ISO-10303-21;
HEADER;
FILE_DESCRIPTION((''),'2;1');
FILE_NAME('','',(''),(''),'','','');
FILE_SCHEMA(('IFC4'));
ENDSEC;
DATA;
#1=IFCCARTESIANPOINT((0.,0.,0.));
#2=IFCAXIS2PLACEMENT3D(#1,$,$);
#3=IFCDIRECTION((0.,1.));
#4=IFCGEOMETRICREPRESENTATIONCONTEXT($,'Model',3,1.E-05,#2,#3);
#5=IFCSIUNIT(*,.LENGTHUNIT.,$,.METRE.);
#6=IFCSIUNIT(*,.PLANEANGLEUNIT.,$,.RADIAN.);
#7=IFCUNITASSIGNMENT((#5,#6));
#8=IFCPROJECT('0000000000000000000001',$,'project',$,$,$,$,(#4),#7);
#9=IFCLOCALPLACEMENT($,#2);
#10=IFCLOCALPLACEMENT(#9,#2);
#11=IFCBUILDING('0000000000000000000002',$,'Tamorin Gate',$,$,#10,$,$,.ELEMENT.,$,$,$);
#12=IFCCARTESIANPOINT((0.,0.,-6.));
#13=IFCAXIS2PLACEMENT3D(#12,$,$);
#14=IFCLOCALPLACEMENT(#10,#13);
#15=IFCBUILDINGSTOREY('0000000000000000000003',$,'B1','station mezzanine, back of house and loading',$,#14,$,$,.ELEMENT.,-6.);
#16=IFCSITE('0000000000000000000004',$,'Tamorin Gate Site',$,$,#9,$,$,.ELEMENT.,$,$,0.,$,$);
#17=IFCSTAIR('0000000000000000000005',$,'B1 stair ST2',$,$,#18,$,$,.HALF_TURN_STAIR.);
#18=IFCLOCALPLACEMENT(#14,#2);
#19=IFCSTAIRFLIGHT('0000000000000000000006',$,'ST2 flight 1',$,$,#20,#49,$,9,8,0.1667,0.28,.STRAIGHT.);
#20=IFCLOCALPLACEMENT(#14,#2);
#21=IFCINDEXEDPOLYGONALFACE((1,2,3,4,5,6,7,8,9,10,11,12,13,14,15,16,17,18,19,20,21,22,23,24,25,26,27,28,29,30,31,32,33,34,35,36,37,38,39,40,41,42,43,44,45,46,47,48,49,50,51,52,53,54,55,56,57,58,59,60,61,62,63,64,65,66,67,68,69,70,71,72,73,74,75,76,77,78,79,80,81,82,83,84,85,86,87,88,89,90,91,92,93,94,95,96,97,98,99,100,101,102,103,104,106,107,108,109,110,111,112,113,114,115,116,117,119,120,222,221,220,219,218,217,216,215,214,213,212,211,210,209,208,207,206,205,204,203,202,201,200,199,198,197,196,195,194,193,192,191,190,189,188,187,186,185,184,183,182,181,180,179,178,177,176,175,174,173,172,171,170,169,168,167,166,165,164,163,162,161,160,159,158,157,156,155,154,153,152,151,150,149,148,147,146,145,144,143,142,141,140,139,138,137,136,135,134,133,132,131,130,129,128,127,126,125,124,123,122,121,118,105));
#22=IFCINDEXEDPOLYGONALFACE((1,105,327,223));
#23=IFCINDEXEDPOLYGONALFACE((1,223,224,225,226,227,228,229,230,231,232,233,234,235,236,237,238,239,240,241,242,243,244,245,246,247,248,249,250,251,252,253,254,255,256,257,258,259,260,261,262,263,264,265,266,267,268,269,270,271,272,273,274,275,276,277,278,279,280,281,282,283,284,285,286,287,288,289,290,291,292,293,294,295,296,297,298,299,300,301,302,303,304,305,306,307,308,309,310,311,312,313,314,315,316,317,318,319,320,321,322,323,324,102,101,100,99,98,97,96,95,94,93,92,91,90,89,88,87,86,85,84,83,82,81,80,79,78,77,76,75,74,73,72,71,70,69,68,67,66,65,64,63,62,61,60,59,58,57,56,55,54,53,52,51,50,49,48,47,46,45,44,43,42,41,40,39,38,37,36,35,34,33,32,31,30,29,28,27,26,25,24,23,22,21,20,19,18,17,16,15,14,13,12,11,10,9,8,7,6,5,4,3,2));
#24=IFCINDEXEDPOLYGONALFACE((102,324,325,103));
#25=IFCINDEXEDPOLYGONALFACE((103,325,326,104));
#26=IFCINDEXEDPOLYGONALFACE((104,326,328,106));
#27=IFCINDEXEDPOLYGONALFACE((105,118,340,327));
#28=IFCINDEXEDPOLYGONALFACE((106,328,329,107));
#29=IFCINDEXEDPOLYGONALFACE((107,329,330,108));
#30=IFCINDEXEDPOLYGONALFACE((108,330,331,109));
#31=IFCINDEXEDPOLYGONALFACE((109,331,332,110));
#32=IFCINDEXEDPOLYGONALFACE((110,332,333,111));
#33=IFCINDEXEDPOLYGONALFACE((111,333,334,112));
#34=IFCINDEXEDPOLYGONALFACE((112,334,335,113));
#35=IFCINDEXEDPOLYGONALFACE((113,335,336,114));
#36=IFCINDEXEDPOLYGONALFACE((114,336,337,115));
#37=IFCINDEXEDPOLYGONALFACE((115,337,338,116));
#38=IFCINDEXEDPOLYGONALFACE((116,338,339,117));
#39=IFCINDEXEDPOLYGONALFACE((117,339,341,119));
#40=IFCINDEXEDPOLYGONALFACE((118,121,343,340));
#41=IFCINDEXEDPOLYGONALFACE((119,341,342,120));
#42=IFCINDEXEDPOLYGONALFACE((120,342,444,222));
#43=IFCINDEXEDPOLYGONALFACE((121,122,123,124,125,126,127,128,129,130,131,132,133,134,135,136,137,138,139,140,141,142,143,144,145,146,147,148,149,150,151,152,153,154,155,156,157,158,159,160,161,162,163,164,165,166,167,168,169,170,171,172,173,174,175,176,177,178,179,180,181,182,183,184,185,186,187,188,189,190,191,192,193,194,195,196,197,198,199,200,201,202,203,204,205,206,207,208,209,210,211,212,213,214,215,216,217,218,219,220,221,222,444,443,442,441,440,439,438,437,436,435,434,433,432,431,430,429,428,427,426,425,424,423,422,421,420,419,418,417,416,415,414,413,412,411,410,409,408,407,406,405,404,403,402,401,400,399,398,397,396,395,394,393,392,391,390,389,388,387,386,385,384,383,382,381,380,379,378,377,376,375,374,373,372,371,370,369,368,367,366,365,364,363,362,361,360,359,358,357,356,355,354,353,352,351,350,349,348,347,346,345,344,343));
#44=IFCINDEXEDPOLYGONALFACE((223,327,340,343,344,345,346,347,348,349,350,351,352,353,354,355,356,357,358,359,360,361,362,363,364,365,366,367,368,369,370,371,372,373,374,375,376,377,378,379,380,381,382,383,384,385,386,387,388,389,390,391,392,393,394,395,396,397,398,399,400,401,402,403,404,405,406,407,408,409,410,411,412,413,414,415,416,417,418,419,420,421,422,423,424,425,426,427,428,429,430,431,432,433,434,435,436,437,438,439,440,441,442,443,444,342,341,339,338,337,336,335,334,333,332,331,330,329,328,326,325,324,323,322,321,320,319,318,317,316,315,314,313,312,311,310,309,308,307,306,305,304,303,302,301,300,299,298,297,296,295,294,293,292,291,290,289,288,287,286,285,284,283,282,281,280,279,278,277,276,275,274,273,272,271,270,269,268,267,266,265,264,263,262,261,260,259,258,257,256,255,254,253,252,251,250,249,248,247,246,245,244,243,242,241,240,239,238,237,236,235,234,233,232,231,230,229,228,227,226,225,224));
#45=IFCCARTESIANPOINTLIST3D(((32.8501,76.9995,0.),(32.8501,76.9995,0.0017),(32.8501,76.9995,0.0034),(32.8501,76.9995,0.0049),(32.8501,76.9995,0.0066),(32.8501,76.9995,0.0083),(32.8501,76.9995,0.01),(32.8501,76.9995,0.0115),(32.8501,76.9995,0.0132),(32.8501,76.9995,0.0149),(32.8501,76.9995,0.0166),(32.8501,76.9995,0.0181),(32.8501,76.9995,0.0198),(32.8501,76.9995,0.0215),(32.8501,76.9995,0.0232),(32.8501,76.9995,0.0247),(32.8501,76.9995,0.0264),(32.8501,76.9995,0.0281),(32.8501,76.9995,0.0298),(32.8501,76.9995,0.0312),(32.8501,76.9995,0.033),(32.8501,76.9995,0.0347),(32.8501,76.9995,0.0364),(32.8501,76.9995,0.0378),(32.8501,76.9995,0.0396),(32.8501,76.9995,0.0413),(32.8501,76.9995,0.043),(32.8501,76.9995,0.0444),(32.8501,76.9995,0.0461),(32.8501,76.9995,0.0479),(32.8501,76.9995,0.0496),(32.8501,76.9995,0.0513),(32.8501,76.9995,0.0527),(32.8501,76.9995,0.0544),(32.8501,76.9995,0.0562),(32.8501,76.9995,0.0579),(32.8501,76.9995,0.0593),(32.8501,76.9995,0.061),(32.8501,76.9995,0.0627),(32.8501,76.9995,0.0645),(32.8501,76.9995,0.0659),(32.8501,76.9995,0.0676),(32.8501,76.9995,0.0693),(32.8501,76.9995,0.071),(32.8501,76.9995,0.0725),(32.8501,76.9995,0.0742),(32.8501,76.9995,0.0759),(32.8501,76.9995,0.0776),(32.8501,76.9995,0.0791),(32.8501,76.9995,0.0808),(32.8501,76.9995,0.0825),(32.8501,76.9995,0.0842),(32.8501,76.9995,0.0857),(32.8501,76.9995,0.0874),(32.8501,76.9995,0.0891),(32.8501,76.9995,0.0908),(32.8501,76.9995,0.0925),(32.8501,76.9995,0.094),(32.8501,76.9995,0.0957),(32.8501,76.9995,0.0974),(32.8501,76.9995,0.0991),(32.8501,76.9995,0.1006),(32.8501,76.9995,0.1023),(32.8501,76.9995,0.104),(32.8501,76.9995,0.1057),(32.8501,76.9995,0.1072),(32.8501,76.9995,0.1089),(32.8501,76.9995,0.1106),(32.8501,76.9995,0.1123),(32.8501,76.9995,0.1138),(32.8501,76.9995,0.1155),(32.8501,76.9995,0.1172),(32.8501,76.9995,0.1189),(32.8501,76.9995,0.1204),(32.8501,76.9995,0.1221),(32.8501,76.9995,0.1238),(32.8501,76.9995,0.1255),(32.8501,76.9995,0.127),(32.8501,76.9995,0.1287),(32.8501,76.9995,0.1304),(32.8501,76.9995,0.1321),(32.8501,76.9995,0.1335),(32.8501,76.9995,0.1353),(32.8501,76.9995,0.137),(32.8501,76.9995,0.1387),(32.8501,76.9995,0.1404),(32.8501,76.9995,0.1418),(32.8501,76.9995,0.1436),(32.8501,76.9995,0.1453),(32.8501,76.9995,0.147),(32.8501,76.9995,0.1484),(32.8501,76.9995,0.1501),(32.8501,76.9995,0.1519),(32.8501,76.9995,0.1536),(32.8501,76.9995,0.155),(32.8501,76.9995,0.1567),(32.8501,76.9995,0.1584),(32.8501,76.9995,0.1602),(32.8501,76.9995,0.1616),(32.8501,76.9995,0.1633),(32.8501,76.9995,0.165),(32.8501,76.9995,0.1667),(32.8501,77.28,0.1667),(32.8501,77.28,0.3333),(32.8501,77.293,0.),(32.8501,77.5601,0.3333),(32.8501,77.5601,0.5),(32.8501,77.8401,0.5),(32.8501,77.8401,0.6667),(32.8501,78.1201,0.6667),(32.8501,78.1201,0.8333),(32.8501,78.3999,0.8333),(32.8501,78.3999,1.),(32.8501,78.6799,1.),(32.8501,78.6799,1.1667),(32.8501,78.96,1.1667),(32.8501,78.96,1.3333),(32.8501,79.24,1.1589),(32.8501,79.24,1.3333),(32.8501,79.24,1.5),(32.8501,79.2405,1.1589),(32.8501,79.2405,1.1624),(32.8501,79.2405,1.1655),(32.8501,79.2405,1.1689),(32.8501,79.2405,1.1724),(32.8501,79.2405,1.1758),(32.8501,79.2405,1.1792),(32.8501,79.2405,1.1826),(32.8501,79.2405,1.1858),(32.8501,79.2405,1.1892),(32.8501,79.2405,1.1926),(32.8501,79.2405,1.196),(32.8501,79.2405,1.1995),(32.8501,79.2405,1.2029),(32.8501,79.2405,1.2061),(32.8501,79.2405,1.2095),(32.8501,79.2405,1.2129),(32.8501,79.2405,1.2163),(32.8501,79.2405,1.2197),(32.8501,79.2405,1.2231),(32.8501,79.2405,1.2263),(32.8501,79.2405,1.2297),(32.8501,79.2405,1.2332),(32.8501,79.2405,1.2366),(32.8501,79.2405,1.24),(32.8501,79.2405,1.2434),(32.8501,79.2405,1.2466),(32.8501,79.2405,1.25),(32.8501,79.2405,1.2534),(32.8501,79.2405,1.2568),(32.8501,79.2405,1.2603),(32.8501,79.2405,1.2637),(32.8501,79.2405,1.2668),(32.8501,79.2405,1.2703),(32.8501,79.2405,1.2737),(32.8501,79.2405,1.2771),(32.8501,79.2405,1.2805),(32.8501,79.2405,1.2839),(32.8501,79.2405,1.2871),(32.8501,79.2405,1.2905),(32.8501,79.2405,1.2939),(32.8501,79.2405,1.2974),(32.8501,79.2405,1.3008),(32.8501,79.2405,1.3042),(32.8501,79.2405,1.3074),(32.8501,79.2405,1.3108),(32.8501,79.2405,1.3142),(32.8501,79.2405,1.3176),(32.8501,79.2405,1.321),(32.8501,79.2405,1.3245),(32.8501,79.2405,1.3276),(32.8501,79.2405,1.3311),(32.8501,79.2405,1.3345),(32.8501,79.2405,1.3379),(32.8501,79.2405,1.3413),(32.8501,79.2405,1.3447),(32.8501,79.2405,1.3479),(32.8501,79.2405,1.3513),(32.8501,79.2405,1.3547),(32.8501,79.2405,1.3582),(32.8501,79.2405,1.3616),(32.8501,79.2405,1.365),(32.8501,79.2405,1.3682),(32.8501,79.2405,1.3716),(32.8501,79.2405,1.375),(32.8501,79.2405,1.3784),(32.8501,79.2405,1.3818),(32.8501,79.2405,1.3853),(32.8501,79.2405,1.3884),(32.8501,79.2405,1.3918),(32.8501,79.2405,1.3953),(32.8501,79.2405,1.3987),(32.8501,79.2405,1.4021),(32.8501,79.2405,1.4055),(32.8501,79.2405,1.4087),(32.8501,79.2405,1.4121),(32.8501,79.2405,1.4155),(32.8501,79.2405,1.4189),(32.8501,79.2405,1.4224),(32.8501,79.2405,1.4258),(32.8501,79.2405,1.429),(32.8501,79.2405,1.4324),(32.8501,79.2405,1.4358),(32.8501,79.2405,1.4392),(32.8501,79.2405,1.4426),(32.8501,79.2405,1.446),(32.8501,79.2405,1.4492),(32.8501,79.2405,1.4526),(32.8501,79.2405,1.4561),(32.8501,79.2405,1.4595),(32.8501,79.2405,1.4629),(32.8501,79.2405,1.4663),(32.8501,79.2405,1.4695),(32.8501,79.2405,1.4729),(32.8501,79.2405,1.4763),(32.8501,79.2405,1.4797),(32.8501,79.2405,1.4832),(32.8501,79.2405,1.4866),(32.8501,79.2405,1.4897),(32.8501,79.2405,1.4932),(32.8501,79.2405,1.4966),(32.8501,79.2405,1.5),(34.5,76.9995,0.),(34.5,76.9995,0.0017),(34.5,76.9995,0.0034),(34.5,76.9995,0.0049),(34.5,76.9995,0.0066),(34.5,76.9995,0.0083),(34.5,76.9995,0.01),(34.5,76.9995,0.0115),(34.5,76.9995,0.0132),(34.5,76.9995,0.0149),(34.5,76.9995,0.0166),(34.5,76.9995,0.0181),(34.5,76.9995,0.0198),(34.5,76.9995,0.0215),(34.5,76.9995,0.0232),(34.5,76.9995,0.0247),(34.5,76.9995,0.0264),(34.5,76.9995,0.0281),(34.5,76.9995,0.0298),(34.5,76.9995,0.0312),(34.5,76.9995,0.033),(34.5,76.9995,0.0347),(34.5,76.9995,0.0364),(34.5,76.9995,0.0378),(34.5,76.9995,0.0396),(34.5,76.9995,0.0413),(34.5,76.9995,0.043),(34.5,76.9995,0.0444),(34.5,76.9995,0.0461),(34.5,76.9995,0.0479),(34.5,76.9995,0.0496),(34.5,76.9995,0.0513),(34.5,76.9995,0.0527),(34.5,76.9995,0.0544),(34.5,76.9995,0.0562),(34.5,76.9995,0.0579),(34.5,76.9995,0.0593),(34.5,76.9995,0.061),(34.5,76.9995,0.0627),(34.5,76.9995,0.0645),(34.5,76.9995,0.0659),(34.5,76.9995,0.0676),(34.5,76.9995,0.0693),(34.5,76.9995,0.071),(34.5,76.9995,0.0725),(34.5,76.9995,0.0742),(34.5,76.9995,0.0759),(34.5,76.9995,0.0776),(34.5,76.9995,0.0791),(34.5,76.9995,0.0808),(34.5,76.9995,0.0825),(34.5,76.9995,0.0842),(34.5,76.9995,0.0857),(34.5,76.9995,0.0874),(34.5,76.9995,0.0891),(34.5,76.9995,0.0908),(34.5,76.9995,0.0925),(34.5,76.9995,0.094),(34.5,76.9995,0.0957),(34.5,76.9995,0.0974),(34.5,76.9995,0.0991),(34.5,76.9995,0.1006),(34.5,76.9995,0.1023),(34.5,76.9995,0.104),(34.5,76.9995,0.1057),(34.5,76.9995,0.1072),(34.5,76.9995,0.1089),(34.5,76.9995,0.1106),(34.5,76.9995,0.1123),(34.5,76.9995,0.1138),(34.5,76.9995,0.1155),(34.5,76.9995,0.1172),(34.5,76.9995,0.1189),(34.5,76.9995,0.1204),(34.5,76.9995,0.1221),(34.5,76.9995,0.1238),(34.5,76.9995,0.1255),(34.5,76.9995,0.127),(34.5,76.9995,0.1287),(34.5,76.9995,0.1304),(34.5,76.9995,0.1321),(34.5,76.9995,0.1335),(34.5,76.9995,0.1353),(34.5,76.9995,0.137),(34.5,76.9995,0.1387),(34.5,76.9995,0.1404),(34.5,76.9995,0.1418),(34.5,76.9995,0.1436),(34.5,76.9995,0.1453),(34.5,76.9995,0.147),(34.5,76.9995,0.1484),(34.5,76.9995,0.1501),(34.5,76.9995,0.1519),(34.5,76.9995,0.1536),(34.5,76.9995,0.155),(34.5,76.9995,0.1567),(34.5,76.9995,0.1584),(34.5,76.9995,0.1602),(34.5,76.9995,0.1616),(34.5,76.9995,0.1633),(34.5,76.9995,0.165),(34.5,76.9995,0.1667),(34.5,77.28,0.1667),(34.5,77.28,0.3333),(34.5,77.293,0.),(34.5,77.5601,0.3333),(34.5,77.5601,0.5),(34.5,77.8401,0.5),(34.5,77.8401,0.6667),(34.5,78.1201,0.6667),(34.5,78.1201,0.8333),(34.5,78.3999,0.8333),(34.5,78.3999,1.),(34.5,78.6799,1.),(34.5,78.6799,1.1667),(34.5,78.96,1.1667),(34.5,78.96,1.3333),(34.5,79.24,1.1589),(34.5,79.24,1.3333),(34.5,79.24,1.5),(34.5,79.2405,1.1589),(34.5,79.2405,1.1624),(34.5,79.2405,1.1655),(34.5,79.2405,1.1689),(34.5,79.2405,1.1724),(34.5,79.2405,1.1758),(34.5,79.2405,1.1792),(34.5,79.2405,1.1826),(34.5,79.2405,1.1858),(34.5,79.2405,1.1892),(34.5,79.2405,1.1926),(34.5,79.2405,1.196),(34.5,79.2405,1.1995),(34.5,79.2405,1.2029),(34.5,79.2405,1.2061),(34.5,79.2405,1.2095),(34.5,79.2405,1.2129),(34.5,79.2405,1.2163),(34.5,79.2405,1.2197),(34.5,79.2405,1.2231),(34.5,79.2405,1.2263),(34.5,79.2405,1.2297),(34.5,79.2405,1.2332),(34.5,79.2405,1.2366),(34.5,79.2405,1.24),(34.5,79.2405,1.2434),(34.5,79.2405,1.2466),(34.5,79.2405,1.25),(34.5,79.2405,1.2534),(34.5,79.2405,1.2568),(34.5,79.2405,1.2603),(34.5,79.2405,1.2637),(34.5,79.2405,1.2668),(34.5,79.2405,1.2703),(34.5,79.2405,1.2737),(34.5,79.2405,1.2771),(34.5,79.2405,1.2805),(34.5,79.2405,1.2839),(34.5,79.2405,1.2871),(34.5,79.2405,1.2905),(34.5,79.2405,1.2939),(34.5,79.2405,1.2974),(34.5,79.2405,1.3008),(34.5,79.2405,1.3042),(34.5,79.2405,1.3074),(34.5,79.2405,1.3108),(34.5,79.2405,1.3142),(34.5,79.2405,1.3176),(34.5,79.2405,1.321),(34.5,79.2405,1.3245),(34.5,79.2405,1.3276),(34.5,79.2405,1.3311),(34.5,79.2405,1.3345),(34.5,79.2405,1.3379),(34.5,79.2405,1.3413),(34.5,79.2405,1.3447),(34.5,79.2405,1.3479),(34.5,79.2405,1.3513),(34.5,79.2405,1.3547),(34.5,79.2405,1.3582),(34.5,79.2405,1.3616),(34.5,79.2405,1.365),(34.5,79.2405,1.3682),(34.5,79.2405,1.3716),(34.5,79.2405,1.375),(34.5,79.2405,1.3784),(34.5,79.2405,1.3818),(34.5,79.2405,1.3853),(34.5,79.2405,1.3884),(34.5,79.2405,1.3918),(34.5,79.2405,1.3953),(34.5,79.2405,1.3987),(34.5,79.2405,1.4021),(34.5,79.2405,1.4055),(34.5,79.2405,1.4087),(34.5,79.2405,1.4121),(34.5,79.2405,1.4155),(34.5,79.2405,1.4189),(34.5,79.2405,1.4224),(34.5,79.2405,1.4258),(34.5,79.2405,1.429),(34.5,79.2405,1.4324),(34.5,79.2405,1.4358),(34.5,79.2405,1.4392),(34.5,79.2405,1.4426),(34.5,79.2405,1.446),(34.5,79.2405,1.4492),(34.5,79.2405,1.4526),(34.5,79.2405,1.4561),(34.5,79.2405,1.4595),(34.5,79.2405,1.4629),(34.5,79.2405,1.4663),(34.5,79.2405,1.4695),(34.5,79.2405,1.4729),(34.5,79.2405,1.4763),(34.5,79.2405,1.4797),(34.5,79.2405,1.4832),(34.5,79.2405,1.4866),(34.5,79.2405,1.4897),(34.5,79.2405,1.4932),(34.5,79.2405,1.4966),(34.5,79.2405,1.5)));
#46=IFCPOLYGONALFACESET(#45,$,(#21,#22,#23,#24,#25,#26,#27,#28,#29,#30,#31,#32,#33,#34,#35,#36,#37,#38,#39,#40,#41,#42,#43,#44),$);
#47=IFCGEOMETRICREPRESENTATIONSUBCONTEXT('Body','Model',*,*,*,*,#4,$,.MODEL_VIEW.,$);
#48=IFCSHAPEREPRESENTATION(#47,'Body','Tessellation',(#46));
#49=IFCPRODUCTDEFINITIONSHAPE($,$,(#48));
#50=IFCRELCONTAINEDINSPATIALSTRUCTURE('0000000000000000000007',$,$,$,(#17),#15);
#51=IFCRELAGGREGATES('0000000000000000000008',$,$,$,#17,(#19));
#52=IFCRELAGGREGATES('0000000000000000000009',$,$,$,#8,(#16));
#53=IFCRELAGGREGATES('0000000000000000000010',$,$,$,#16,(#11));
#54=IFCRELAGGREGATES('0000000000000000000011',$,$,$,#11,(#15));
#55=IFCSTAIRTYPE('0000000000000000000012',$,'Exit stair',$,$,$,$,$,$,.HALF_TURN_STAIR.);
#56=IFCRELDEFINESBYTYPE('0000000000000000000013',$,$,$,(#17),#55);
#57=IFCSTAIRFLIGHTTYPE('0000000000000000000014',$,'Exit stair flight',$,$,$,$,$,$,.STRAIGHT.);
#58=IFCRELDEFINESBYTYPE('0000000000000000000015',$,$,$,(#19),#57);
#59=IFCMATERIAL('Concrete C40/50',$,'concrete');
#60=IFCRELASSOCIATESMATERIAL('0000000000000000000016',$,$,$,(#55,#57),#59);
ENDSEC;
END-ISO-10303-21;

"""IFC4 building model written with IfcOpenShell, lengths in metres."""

from ifc_helpers import new_model, si_unit, direction, frame, origin, place, context, subcontext, project, spatial, polyline, outline, extrude, material, type_object, element, aggregate, save


model = new_model("IFC4")

# Units and contexts
model_context = context("Model", 3, precision=1e-05, world=origin(), true_north=direction((0.0, 1.0)))
body_context = subcontext(model_context, "Body", "Model", "MODEL_VIEW")
ifc_project = project(units=[si_unit("LENGTHUNIT", "METRE"), si_unit("PLANEANGLEUNIT", "RADIAN")], contexts=[model_context])

# Site, building, storey
site_placement = place(None, origin())
site = spatial("IfcSite", under=ifc_project, at=site_placement, Name="Tamorin Gate Site", CompositionType="ELEMENT", RefElevation=0.0)
building_placement = place(site_placement, origin())
building = spatial("IfcBuilding", under=site, at=building_placement, Name="Tamorin Gate", CompositionType="ELEMENT")
storey_placement = place(building_placement, frame((0.0, 0.0, -6.0)))
storey = spatial("IfcBuildingStorey", under=building, at=storey_placement, Name="B1", Description="station mezzanine, back of house and loading", CompositionType="ELEMENT", Elevation=-6.0)

# Shared definitions
ifc_material_1 = material(Name="Concrete C40/50", Category="concrete")

# Stair, stair flight
stair_type = type_object("IfcStairType", Name="Exit stair", PredefinedType="HALF_TURN_STAIR", material=ifc_material_1)
stair_placement = place(storey_placement, origin())
stair = element("IfcStair", 1, at=stair_placement, inside=storey, type_object=stair_type, Name="B1 stair ST2", PredefinedType="HALF_TURN_STAIR")
stair_flight_type = type_object("IfcStairFlightType", Name="Exit stair flight", PredefinedType="STRAIGHT", material=ifc_material_1)
stair_flight_1_placement = place(storey_placement, frame((33.675, 77.0, 0.0), z_axis=(0.0, 0.0, 1.0), x_axis=(0.0, 1.0, 0.0)))
stair_flight_1 = element("IfcStairFlight", 2, at=stair_flight_1_placement, type_object=stair_flight_type, Name="ST2 flight 1", NumberOfRisers=9, NumberOfTreads=8, PredefinedType="STRAIGHT", RiserHeight=0.1667, TreadLength=0.28, context=body_context, shape_type="SweptSolid", body=[
    extrude(outline(polyline([(-0.0005, 0.0), (-0.0005, 0.0017), (-0.0005, 0.0034), (-0.0005, 0.0049), (-0.0005, 0.0066), (-0.0005, 0.0083), (-0.0005, 0.01), (-0.0005, 0.0115), (-0.0005, 0.0132), (-0.0005, 0.0149), (-0.0005, 0.0166), (-0.0005, 0.0181), (-0.0005, 0.0198), (-0.0005, 0.0215), (-0.0005, 0.0232), (-0.0005, 0.0247), (-0.0005, 0.0264), (-0.0005, 0.0281), (-0.0005, 0.0298), (-0.0005, 0.0312), (-0.0005, 0.033), (-0.0005, 0.0347), (-0.0005, 0.0364), (-0.0005, 0.0378), (-0.0005, 0.0396), (-0.0005, 0.0413), (-0.0005, 0.043), (-0.0005, 0.0444), (-0.0005, 0.0461), (-0.0005, 0.0479), (-0.0005, 0.0496), (-0.0005, 0.0513), (-0.0005, 0.0527), (-0.0005, 0.0544), (-0.0005, 0.0562), (-0.0005, 0.0579), (-0.0005, 0.0593), (-0.0005, 0.061), (-0.0005, 0.0627), (-0.0005, 0.0645), (-0.0005, 0.0659), (-0.0005, 0.0676), (-0.0005, 0.0693), (-0.0005, 0.071), (-0.0005, 0.0725), (-0.0005, 0.0742), (-0.0005, 0.0759), (-0.0005, 0.0776), (-0.0005, 0.0791), (-0.0005, 0.0808), (-0.0005, 0.0825), (-0.0005, 0.0842), (-0.0005, 0.0857), (-0.0005, 0.0874), (-0.0005, 0.0891), (-0.0005, 0.0908), (-0.0005, 0.0925), (-0.0005, 0.094), (-0.0005, 0.0957), (-0.0005, 0.0974), (-0.0005, 0.0991), (-0.0005, 0.1006), (-0.0005, 0.1023), (-0.0005, 0.104), (-0.0005, 0.1057), (-0.0005, 0.1072), (-0.0005, 0.1089), (-0.0005, 0.1106), (-0.0005, 0.1123), (-0.0005, 0.1138), (-0.0005, 0.1155), (-0.0005, 0.1172), (-0.0005, 0.1189), (-0.0005, 0.1204), (-0.0005, 0.1221), (-0.0005, 0.1238), (-0.0005, 0.1255), (-0.0005, 0.127), (-0.0005, 0.1287), (-0.0005, 0.1304), (-0.0005, 0.1321), (-0.0005, 0.1335), (-0.0005, 0.1353), (-0.0005, 0.137), (-0.0005, 0.1387), (-0.0005, 0.1404), (-0.0005, 0.1418), (-0.0005, 0.1436), (-0.0005, 0.1453), (-0.0005, 0.147), (-0.0005, 0.1484), (-0.0005, 0.1501), (-0.0005, 0.1519), (-0.0005, 0.1536), (-0.0005, 0.155), (-0.0005, 0.1567), (-0.0005, 0.1584), (-0.0005, 0.1602), (-0.0005, 0.1616), (-0.0005, 0.1633), (-0.0005, 0.165), (-0.0005, 0.1667), (0.28, 0.1667), (0.28, 0.3333), (0.5601, 0.3333), (0.5601, 0.5), (0.8401, 0.5), (0.8401, 0.6667), (1.1201, 0.6667), (1.1201, 0.8333), (1.3999, 0.8333), (1.3999, 1.0), (1.6799, 1.0), (1.6799, 1.1667), (1.96, 1.1667), (1.96, 1.3333), (2.24, 1.3333), (2.24, 1.5), (2.2405, 1.5), (2.2405, 1.4966), (2.2405, 1.4932), (2.2405, 1.4897), (2.2405, 1.4866), (2.2405, 1.4832), (2.2405, 1.4797), (2.2405, 1.4763), (2.2405, 1.4729), (2.2405, 1.4695), (2.2405, 1.4663), (2.2405, 1.4629), (2.2405, 1.4595), (2.2405, 1.4561), (2.2405, 1.4526), (2.2405, 1.4492), (2.2405, 1.446), (2.2405, 1.4426), (2.2405, 1.4392), (2.2405, 1.4358), (2.2405, 1.4324), (2.2405, 1.429), (2.2405, 1.4258), (2.2405, 1.4224), (2.2405, 1.4189), (2.2405, 1.4155), (2.2405, 1.4121), (2.2405, 1.4087), (2.2405, 1.4055), (2.2405, 1.4021), (2.2405, 1.3987), (2.2405, 1.3953), (2.2405, 1.3918), (2.2405, 1.3884), (2.2405, 1.3853), (2.2405, 1.3818), (2.2405, 1.3784), (2.2405, 1.375), (2.2405, 1.3716), (2.2405, 1.3682), (2.2405, 1.365), (2.2405, 1.3616), (2.2405, 1.3582), (2.2405, 1.3547), (2.2405, 1.3513), (2.2405, 1.3479), (2.2405, 1.3447), (2.2405, 1.3413), (2.2405, 1.3379), (2.2405, 1.3345), (2.2405, 1.3311), (2.2405, 1.3276), (2.2405, 1.3245), (2.2405, 1.321), (2.2405, 1.3176), (2.2405, 1.3142), (2.2405, 1.3108), (2.2405, 1.3074), (2.2405, 1.3042), (2.2405, 1.3008), (2.2405, 1.2974), (2.2405, 1.2939), (2.2405, 1.2905), (2.2405, 1.2871), (2.2405, 1.2839), (2.2405, 1.2805), (2.2405, 1.2771), (2.2405, 1.2737), (2.2405, 1.2703), (2.2405, 1.2668), (2.2405, 1.2637), (2.2405, 1.2603), (2.2405, 1.2568), (2.2405, 1.2534), (2.2405, 1.25), (2.2405, 1.2466), (2.2405, 1.2434), (2.2405, 1.24), (2.2405, 1.2366), (2.2405, 1.2332), (2.2405, 1.2297), (2.2405, 1.2263), (2.2405, 1.2231), (2.2405, 1.2197), (2.2405, 1.2163), (2.2405, 1.2129), (2.2405, 1.2095), (2.2405, 1.2061), (2.2405, 1.2029), (2.2405, 1.1995), (2.2405, 1.196), (2.2405, 1.1926), (2.2405, 1.1892), (2.2405, 1.1858), (2.2405, 1.1826), (2.2405, 1.1792), (2.2405, 1.1758), (2.2405, 1.1724), (2.2405, 1.1689), (2.2405, 1.1655), (2.2405, 1.1624), (2.2405, 1.1589), (2.24, 1.1589), (0.293, 0.0), (-0.0005, 0.0)])), frame((0.0, 0.825, 0.0), z_axis=(0.0, -1.0, 0.0), x_axis=(1.0, 0.0, 0.0)), (0.0, 0.0, 1.0), 1.6499),
])
aggregate(stair, [stair_flight_1])

save(model, "model.ifc")
